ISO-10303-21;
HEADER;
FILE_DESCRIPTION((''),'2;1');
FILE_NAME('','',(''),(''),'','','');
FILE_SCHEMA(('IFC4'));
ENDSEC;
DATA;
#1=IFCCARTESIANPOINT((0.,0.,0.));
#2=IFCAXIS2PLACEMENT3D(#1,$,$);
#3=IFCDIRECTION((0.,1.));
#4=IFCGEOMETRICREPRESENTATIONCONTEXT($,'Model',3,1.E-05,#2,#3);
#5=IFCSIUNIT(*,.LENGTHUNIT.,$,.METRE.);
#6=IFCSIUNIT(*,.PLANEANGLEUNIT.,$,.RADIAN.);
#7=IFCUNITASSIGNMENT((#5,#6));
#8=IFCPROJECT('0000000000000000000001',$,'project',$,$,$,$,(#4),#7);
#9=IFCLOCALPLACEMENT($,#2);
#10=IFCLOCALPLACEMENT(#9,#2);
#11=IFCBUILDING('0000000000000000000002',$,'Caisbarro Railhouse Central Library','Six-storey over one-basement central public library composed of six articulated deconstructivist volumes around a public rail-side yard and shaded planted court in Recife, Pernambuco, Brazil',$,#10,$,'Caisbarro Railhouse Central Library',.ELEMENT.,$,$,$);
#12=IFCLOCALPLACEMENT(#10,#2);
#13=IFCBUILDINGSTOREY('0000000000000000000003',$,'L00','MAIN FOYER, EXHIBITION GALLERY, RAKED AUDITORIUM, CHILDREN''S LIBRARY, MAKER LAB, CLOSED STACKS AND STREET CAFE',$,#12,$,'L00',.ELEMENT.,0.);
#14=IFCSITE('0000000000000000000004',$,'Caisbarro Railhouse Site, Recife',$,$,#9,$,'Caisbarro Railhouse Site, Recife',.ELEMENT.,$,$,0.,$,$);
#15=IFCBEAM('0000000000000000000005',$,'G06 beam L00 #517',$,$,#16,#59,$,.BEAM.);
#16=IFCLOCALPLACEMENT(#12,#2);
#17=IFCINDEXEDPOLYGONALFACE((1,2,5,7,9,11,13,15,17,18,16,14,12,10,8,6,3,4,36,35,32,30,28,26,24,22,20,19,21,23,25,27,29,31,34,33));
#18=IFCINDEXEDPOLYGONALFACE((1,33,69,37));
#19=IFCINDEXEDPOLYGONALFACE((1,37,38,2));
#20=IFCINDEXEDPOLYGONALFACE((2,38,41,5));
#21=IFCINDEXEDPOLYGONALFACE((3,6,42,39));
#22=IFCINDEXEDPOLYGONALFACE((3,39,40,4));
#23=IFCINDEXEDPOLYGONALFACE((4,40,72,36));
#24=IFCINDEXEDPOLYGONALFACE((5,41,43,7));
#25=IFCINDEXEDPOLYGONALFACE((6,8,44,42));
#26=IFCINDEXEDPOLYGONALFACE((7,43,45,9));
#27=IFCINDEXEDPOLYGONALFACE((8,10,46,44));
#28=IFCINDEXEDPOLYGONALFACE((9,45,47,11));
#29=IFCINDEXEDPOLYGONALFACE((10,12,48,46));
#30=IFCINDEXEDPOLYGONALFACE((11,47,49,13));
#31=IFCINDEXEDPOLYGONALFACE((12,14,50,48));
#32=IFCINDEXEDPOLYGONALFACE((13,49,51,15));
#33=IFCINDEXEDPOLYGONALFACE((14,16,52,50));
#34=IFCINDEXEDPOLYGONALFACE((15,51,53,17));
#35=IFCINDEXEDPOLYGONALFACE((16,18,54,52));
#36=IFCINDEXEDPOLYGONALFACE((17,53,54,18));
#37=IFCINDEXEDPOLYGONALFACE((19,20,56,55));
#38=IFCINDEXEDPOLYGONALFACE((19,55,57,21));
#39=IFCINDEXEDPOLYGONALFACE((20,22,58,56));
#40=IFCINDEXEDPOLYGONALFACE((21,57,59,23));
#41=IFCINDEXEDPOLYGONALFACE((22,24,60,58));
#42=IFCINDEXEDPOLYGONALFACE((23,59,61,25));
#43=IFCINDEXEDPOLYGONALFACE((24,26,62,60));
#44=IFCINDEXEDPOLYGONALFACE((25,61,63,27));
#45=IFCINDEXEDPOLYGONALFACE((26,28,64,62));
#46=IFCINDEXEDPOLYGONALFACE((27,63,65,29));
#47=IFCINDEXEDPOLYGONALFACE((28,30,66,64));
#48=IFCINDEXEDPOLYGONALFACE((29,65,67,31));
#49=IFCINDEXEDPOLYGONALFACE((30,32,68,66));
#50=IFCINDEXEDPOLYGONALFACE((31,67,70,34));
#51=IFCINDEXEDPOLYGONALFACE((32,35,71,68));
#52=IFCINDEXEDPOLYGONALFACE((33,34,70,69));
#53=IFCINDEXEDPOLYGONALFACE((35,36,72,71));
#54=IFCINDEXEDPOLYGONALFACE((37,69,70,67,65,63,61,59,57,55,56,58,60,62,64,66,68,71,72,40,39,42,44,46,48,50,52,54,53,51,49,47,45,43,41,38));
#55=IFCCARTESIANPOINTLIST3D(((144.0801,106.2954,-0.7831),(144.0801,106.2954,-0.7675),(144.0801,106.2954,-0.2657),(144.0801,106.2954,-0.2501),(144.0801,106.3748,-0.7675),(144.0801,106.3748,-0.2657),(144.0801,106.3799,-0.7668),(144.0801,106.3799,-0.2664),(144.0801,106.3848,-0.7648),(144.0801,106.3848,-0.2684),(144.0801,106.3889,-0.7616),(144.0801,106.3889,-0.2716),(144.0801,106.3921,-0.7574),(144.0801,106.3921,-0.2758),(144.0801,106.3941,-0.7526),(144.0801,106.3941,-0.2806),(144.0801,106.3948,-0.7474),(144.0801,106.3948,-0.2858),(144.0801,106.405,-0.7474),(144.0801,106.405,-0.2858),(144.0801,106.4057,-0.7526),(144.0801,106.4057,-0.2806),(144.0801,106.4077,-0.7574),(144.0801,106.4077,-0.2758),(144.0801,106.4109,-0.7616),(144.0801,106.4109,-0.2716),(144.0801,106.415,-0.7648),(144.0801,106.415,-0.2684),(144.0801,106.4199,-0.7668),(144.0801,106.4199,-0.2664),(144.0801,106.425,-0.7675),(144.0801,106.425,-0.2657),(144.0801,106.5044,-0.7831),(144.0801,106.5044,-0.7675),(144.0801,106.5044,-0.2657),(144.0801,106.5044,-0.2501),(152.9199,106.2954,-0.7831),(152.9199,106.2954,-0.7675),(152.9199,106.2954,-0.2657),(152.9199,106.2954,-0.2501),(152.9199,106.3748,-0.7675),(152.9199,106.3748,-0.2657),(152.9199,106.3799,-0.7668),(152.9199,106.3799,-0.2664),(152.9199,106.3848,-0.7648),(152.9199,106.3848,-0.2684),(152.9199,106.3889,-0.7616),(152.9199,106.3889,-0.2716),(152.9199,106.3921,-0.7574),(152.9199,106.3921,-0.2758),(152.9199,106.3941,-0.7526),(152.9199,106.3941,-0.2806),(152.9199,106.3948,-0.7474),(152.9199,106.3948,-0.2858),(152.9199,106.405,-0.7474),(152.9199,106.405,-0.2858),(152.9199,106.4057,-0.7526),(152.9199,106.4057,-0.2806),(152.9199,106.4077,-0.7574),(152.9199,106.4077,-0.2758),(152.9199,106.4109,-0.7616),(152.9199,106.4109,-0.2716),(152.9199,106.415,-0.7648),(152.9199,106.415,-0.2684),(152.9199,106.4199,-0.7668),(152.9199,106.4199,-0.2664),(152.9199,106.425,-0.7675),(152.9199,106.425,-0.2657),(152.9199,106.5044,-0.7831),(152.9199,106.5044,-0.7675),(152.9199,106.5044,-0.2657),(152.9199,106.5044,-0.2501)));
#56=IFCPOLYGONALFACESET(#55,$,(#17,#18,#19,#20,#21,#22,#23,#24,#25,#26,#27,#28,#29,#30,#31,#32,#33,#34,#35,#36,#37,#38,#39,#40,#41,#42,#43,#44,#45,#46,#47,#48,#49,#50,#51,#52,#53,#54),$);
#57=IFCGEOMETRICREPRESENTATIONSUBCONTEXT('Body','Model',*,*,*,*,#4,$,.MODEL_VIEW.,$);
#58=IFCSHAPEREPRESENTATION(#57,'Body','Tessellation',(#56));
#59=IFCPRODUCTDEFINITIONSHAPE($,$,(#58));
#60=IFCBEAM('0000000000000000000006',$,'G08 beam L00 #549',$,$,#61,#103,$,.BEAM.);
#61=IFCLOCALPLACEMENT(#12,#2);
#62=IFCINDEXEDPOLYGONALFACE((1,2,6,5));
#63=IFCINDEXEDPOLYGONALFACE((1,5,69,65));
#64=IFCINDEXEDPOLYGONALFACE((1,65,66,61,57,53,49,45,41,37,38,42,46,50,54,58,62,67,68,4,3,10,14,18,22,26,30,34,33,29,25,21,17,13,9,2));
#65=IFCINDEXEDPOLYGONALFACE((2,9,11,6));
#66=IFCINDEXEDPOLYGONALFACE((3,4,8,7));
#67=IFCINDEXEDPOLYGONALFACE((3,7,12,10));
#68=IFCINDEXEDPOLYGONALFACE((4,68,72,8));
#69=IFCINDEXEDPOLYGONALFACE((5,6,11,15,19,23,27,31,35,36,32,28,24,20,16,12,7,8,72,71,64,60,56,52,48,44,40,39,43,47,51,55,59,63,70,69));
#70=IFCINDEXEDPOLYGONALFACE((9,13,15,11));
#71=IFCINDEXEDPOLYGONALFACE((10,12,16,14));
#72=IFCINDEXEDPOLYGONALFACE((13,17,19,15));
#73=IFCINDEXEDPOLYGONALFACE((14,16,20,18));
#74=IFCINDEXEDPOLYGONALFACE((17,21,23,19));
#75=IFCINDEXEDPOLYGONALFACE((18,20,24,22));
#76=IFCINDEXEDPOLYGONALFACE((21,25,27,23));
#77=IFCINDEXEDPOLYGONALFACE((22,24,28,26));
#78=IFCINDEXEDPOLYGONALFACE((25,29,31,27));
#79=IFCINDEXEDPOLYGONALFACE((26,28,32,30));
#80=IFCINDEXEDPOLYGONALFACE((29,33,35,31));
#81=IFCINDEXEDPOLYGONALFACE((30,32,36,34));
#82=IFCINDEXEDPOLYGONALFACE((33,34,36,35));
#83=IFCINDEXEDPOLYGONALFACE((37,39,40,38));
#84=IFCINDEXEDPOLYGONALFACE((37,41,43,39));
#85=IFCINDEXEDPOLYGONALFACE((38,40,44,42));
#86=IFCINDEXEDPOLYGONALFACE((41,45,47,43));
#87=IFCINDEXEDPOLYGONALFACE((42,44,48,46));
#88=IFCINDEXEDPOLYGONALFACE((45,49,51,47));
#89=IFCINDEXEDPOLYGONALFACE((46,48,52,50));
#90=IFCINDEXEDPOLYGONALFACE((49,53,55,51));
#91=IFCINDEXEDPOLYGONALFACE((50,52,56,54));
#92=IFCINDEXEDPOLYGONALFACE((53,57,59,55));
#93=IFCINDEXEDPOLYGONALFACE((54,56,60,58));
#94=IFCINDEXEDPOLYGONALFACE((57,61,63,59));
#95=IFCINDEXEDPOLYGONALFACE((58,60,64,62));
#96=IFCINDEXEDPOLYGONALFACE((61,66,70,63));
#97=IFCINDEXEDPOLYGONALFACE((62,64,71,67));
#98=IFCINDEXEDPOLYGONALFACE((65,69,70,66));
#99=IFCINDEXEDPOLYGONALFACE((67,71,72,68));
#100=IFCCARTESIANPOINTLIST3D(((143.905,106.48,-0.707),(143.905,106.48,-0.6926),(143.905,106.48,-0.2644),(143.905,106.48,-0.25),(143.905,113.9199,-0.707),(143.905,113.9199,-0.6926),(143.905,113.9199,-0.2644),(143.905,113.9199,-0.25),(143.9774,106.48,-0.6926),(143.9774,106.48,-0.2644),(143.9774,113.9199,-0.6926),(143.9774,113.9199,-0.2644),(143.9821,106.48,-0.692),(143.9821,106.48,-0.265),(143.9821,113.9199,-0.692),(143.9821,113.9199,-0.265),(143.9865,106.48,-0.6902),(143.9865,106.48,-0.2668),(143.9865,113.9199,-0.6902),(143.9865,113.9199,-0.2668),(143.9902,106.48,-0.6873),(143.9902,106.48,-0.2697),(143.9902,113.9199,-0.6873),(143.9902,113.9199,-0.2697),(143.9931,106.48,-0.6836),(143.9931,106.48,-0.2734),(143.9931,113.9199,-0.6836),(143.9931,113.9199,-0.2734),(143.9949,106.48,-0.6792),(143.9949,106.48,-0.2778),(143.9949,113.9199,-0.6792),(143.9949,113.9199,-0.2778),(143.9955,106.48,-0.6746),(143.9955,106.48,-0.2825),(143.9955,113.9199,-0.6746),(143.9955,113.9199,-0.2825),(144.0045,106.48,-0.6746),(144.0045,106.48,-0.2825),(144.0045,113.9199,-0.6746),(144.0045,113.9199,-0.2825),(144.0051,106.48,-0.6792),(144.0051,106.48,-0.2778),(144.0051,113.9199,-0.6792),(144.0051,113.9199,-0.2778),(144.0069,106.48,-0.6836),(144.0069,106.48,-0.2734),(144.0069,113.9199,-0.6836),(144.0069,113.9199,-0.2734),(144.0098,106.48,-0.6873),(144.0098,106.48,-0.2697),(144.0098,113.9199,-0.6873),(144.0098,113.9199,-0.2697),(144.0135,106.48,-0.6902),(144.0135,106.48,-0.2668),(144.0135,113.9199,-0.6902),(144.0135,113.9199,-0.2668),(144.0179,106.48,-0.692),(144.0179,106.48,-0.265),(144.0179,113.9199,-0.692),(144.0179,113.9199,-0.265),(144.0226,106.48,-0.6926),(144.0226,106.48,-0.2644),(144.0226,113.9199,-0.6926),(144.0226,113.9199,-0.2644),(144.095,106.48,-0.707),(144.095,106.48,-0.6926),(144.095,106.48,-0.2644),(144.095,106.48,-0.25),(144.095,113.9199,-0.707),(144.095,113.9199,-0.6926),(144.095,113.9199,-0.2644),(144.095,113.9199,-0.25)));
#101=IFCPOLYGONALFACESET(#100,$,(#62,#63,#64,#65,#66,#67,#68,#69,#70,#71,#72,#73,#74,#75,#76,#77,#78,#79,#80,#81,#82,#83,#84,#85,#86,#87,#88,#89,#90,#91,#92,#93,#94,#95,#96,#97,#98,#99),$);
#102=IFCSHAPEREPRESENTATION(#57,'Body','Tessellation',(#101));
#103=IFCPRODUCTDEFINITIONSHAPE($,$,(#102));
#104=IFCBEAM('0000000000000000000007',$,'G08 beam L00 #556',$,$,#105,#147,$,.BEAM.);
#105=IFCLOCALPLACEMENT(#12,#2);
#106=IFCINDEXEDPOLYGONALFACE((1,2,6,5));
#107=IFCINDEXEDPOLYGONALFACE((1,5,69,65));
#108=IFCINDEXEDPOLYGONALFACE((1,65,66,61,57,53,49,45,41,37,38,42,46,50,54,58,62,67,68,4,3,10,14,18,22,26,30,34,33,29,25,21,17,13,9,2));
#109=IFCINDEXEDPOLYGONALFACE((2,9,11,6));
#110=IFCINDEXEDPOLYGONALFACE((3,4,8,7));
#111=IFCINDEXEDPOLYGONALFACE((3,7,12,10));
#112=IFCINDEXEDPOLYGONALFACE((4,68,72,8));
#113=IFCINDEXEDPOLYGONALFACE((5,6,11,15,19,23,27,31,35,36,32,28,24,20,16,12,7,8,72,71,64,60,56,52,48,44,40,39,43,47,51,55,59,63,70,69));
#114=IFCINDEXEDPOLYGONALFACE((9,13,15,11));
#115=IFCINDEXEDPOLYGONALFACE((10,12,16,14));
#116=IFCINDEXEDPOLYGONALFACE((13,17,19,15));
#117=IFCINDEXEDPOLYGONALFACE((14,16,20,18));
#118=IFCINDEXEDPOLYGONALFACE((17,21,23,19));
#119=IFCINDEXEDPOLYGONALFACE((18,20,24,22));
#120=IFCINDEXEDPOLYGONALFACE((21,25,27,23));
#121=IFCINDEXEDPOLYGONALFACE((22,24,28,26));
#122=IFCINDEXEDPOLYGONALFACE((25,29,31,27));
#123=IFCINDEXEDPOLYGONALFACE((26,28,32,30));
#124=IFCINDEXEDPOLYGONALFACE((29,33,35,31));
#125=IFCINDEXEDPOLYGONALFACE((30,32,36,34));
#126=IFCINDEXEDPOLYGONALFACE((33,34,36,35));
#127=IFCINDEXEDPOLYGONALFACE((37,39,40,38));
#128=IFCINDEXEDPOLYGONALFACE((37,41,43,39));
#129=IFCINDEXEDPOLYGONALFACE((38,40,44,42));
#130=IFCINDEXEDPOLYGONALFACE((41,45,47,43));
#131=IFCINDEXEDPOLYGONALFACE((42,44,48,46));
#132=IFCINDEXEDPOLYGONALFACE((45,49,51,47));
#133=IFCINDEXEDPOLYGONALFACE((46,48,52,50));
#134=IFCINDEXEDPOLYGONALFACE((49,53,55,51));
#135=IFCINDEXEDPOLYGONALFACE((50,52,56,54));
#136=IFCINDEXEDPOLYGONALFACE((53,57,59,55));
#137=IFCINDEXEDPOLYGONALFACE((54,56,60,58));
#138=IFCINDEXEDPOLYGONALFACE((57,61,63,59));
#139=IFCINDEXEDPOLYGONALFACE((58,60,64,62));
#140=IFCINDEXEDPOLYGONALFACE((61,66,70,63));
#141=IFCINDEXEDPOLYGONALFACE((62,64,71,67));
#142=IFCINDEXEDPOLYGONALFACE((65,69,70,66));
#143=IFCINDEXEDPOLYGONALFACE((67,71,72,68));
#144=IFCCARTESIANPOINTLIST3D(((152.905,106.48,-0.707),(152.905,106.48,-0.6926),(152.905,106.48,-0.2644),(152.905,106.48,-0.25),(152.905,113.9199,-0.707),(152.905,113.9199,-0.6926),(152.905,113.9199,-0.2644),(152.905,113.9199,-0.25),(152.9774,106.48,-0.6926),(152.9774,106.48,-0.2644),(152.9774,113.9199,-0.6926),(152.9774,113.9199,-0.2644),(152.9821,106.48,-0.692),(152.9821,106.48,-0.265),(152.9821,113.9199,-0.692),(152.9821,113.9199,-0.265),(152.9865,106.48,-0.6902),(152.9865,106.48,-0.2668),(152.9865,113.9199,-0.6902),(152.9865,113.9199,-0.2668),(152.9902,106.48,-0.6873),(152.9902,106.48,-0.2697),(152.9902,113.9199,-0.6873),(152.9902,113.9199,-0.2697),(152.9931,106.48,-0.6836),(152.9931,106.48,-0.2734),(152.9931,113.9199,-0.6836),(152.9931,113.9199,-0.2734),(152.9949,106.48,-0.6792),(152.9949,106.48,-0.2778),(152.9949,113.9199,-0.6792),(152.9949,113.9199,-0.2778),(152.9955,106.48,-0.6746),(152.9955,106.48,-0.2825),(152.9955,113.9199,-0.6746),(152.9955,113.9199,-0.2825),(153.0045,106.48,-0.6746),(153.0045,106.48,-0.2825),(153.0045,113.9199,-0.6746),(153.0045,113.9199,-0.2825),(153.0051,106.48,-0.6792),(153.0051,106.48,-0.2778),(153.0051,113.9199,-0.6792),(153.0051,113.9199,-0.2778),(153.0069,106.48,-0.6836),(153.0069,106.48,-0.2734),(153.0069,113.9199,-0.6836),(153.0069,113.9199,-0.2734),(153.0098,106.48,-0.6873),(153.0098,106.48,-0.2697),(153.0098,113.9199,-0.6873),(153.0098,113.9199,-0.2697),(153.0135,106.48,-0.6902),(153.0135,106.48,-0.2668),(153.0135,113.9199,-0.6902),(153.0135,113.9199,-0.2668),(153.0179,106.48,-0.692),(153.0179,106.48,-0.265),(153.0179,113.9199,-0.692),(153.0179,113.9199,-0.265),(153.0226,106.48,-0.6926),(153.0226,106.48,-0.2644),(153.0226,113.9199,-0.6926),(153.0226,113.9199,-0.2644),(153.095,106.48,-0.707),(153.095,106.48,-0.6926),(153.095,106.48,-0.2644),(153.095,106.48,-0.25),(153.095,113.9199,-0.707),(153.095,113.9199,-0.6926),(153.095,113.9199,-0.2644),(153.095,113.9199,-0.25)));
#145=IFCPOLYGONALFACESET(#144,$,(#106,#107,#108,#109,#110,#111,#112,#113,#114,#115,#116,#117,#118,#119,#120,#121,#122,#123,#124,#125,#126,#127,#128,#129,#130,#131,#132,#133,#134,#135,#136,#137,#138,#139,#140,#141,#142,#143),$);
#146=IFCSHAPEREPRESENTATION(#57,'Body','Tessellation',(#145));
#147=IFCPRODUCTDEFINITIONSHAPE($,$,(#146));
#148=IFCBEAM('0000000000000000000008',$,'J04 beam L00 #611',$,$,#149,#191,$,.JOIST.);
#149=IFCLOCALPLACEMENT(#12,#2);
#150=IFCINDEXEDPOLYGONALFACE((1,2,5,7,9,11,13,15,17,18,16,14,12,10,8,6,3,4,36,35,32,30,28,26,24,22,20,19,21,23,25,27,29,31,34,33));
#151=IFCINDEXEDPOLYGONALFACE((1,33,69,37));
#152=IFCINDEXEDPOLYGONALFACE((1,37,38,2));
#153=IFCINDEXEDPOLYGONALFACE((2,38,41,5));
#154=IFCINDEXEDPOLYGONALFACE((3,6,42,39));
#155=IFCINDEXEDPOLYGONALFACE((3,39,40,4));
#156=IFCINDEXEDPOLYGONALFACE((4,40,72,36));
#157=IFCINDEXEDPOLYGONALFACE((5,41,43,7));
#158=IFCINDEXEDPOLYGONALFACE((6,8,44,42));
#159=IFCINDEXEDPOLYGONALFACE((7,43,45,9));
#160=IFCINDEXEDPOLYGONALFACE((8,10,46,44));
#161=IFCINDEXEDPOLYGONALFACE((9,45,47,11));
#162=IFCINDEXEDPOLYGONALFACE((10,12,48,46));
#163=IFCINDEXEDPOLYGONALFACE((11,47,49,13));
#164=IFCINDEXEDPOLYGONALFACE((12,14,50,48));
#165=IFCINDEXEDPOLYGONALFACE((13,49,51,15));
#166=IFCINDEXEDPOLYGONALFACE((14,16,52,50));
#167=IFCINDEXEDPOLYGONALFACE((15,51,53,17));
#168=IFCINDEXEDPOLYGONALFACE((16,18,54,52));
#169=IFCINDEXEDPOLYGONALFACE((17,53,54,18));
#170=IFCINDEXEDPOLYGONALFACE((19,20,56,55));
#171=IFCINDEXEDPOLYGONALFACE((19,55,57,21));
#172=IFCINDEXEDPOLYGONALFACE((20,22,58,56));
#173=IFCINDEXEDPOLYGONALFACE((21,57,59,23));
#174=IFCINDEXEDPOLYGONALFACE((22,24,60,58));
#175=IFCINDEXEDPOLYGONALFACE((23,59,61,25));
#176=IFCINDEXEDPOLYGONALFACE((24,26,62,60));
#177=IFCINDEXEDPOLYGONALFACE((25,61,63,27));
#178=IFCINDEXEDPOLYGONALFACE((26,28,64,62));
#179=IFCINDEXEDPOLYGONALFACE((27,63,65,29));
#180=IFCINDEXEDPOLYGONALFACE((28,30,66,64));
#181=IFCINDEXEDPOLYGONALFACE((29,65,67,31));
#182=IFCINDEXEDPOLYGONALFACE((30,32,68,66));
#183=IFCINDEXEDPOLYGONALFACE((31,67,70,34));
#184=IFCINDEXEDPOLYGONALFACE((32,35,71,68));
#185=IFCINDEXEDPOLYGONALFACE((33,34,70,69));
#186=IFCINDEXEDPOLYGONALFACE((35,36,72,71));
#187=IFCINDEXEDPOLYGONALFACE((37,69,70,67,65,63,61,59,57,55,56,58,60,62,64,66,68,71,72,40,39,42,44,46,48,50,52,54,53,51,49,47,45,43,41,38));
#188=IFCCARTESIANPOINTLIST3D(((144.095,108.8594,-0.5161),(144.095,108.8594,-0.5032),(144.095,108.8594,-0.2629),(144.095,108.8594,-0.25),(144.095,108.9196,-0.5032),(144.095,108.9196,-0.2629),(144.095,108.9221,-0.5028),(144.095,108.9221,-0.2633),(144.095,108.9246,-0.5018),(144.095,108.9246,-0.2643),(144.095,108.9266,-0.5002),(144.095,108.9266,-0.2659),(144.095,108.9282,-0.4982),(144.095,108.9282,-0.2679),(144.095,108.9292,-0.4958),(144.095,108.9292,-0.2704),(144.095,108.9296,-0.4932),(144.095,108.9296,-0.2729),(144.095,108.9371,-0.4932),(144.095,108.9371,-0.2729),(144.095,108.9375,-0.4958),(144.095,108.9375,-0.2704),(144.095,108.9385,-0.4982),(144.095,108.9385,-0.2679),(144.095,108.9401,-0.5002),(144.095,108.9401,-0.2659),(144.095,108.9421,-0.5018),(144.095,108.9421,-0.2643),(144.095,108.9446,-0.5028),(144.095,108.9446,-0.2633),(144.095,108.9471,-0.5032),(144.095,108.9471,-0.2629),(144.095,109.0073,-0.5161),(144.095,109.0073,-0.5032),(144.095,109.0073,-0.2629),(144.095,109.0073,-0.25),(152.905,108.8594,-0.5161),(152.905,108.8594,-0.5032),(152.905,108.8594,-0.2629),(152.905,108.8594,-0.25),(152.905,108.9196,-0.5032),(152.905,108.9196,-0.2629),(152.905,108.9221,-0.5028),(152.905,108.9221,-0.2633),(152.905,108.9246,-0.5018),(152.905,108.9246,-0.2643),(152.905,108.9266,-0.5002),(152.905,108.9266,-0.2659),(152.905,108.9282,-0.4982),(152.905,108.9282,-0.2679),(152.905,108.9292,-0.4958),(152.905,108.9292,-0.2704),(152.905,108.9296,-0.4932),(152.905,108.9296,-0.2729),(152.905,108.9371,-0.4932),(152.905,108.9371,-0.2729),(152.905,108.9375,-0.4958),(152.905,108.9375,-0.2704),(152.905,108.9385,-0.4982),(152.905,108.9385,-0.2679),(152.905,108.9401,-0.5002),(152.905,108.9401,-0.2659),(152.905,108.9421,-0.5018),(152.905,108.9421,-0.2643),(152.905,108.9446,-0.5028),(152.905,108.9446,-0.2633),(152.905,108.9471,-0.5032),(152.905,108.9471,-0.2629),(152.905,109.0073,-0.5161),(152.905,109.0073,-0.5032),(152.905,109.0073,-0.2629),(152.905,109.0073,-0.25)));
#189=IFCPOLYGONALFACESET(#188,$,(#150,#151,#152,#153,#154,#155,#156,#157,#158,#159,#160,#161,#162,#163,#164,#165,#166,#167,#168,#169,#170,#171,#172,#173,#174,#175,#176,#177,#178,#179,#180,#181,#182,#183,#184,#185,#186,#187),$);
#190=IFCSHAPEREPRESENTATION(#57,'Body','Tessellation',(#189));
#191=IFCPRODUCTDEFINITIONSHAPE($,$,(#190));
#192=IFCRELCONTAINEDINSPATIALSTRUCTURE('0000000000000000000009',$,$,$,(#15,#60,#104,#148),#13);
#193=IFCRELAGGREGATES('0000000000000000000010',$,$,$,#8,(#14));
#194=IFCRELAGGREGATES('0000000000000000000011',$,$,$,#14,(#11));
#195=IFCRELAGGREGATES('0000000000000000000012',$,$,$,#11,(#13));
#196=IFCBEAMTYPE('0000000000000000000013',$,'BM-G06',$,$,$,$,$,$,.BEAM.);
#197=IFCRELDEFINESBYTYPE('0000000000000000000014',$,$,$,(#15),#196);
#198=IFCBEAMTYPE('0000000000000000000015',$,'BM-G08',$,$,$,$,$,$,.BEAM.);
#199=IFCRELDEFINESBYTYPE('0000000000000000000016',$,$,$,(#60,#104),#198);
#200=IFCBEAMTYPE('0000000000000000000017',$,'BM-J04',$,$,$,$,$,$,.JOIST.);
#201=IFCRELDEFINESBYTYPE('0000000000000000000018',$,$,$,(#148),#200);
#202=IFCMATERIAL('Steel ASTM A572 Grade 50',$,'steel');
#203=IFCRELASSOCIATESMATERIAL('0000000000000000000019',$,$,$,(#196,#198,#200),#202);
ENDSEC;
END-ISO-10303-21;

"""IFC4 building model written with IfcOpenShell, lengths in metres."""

from ifc_helpers import new_model, si_unit, direction, frame, origin, origin_2d, place, context, subcontext, project, spatial, i_section, extrude, material, material_profile, profile_set, type_object, element, save


model = new_model("IFC4")

# Units and contexts
model_context = context("Model", 3, precision=1e-05, world=origin(), true_north=direction((0.0, 1.0)))
body_context = subcontext(model_context, "Body", "Model", "MODEL_VIEW")
ifc_project = project(units=[si_unit("LENGTHUNIT", "METRE"), si_unit("PLANEANGLEUNIT", "RADIAN")], contexts=[model_context])

# Site, building, storey
site_placement = place(None, origin())
site = spatial("IfcSite", under=ifc_project, at=site_placement, Name="Caisbarro Railhouse Site, Recife", LongName="Caisbarro Railhouse Site, Recife", CompositionType="ELEMENT", RefElevation=0.0)
building_placement = place(site_placement, origin())
building = spatial("IfcBuilding", under=site, at=building_placement, Name="Caisbarro Railhouse Central Library", Description="Six-storey over one-basement central public library composed of six articulated deconstructivist volumes around a public rail-side yard and shaded planted court in Recife, Pernambuco, Brazil", LongName="Caisbarro Railhouse Central Library", CompositionType="ELEMENT")
storey_placement = place(building_placement, origin())
storey = spatial("IfcBuildingStorey", under=building, at=storey_placement, Name="L00", Description="MAIN FOYER, EXHIBITION GALLERY, RAKED AUDITORIUM, CHILDREN'S LIBRARY, MAKER LAB, CLOSED STACKS AND STREET CAFE", LongName="L00", CompositionType="ELEMENT", Elevation=0.0)

# Shared definitions
ifc_material_1 = material(Name="Steel ASTM A572 Grade 50", Category="steel")

# Beams
ifc_material_profile_1 = material_profile(ifc_material_1, i_section(OverallWidth=0.209, OverallDepth=0.533, WebThickness=0.0103, FlangeThickness=0.0156, FilletRadius=0.02, at=origin_2d()), Name="W530X92.0")
ifc_profile_set_1 = profile_set([ifc_material_profile_1], Name="Steel ASTM A572 Grade 50")
beam_type_1 = type_object("IfcBeamType", Name="BM-G06", PredefinedType="BEAM", material=ifc_profile_set_1)
beam_1_placement = place(storey_placement, frame((144.0801, 106.3999, -0.5166), z_axis=(1.0, 0.0, 0.0), x_axis=(0.0, 1.0, 0.0)))
element("IfcBeam", 1, at=beam_1_placement, inside=storey, type_object=beam_type_1, Name="G06 beam L00 #517", PredefinedType="BEAM", context=body_context, shape_type="SweptSolid", body=[
    extrude(i_section(OverallWidth=0.209, OverallDepth=0.533, WebThickness=0.0103, FlangeThickness=0.0156, FilletRadius=0.02, at=origin_2d()), origin(), (0.0, 0.0, 1.0), 8.8398),
])
ifc_material_profile_2 = material_profile(ifc_material_1, i_section(OverallWidth=0.1899, OverallDepth=0.457, WebThickness=0.009, FlangeThickness=0.0144, FilletRadius=0.0181, at=origin_2d()), Name="W460X74.0")
ifc_profile_set_2 = profile_set([ifc_material_profile_2], Name="Steel ASTM A572 Grade 50")
beam_type_2 = type_object("IfcBeamType", Name="BM-G08", PredefinedType="BEAM", material=ifc_profile_set_2)
for number, where, z_axis, x_axis, name in (
    (2, (144.0, 106.48, -0.4785), (0.0, 1.0, 0.0), (-1.0, 0.0, 0.0), "G08 beam L00 #549"),
    (3, (153.0, 106.48, -0.4785), (0.0, 1.0, 0.0), (-1.0, 0.0, 0.0), "G08 beam L00 #556"),
):
    element("IfcBeam", number, at=place(storey_placement, frame(where, z_axis=z_axis, x_axis=x_axis)), inside=storey, type_object=beam_type_2, Name=name, PredefinedType="BEAM", context=body_context, shape_type="SweptSolid", body=[
        extrude(i_section(OverallWidth=0.1899, OverallDepth=0.457, WebThickness=0.009, FlangeThickness=0.0144, FilletRadius=0.0181, at=origin_2d()), origin(), (0.0, 0.0, 1.0), 7.4399),
    ])
ifc_material_profile_3 = material_profile(ifc_material_1, i_section(OverallWidth=0.1479, OverallDepth=0.2661, WebThickness=0.0076, FlangeThickness=0.0129, FilletRadius=0.01, at=origin_2d()), Name="W250X44.8")
ifc_profile_set_3 = profile_set([ifc_material_profile_3], Name="Steel ASTM A572 Grade 50")
beam_type_3 = type_object("IfcBeamType", Name="BM-J04", PredefinedType="JOIST", material=ifc_profile_set_3)
for number, where, z_axis, x_axis, name in (
    (4, (144.095, 108.9333, -0.3831), (1.0, 0.0, 0.0), (0.0, 1.0, 0.0), "J04 beam L00 #611"),
):
    element("IfcBeam", number, at=place(storey_placement, frame(where, z_axis=z_axis, x_axis=x_axis)), inside=storey, type_object=beam_type_3, Name=name, PredefinedType="JOIST", context=body_context, shape_type="SweptSolid", body=[
        extrude(i_section(OverallWidth=0.1479, OverallDepth=0.2661, WebThickness=0.0076, FlangeThickness=0.0129, FilletRadius=0.01, at=origin_2d()), origin(), (0.0, 0.0, 1.0), 8.8101),
    ])

save(model, "model.ifc")
